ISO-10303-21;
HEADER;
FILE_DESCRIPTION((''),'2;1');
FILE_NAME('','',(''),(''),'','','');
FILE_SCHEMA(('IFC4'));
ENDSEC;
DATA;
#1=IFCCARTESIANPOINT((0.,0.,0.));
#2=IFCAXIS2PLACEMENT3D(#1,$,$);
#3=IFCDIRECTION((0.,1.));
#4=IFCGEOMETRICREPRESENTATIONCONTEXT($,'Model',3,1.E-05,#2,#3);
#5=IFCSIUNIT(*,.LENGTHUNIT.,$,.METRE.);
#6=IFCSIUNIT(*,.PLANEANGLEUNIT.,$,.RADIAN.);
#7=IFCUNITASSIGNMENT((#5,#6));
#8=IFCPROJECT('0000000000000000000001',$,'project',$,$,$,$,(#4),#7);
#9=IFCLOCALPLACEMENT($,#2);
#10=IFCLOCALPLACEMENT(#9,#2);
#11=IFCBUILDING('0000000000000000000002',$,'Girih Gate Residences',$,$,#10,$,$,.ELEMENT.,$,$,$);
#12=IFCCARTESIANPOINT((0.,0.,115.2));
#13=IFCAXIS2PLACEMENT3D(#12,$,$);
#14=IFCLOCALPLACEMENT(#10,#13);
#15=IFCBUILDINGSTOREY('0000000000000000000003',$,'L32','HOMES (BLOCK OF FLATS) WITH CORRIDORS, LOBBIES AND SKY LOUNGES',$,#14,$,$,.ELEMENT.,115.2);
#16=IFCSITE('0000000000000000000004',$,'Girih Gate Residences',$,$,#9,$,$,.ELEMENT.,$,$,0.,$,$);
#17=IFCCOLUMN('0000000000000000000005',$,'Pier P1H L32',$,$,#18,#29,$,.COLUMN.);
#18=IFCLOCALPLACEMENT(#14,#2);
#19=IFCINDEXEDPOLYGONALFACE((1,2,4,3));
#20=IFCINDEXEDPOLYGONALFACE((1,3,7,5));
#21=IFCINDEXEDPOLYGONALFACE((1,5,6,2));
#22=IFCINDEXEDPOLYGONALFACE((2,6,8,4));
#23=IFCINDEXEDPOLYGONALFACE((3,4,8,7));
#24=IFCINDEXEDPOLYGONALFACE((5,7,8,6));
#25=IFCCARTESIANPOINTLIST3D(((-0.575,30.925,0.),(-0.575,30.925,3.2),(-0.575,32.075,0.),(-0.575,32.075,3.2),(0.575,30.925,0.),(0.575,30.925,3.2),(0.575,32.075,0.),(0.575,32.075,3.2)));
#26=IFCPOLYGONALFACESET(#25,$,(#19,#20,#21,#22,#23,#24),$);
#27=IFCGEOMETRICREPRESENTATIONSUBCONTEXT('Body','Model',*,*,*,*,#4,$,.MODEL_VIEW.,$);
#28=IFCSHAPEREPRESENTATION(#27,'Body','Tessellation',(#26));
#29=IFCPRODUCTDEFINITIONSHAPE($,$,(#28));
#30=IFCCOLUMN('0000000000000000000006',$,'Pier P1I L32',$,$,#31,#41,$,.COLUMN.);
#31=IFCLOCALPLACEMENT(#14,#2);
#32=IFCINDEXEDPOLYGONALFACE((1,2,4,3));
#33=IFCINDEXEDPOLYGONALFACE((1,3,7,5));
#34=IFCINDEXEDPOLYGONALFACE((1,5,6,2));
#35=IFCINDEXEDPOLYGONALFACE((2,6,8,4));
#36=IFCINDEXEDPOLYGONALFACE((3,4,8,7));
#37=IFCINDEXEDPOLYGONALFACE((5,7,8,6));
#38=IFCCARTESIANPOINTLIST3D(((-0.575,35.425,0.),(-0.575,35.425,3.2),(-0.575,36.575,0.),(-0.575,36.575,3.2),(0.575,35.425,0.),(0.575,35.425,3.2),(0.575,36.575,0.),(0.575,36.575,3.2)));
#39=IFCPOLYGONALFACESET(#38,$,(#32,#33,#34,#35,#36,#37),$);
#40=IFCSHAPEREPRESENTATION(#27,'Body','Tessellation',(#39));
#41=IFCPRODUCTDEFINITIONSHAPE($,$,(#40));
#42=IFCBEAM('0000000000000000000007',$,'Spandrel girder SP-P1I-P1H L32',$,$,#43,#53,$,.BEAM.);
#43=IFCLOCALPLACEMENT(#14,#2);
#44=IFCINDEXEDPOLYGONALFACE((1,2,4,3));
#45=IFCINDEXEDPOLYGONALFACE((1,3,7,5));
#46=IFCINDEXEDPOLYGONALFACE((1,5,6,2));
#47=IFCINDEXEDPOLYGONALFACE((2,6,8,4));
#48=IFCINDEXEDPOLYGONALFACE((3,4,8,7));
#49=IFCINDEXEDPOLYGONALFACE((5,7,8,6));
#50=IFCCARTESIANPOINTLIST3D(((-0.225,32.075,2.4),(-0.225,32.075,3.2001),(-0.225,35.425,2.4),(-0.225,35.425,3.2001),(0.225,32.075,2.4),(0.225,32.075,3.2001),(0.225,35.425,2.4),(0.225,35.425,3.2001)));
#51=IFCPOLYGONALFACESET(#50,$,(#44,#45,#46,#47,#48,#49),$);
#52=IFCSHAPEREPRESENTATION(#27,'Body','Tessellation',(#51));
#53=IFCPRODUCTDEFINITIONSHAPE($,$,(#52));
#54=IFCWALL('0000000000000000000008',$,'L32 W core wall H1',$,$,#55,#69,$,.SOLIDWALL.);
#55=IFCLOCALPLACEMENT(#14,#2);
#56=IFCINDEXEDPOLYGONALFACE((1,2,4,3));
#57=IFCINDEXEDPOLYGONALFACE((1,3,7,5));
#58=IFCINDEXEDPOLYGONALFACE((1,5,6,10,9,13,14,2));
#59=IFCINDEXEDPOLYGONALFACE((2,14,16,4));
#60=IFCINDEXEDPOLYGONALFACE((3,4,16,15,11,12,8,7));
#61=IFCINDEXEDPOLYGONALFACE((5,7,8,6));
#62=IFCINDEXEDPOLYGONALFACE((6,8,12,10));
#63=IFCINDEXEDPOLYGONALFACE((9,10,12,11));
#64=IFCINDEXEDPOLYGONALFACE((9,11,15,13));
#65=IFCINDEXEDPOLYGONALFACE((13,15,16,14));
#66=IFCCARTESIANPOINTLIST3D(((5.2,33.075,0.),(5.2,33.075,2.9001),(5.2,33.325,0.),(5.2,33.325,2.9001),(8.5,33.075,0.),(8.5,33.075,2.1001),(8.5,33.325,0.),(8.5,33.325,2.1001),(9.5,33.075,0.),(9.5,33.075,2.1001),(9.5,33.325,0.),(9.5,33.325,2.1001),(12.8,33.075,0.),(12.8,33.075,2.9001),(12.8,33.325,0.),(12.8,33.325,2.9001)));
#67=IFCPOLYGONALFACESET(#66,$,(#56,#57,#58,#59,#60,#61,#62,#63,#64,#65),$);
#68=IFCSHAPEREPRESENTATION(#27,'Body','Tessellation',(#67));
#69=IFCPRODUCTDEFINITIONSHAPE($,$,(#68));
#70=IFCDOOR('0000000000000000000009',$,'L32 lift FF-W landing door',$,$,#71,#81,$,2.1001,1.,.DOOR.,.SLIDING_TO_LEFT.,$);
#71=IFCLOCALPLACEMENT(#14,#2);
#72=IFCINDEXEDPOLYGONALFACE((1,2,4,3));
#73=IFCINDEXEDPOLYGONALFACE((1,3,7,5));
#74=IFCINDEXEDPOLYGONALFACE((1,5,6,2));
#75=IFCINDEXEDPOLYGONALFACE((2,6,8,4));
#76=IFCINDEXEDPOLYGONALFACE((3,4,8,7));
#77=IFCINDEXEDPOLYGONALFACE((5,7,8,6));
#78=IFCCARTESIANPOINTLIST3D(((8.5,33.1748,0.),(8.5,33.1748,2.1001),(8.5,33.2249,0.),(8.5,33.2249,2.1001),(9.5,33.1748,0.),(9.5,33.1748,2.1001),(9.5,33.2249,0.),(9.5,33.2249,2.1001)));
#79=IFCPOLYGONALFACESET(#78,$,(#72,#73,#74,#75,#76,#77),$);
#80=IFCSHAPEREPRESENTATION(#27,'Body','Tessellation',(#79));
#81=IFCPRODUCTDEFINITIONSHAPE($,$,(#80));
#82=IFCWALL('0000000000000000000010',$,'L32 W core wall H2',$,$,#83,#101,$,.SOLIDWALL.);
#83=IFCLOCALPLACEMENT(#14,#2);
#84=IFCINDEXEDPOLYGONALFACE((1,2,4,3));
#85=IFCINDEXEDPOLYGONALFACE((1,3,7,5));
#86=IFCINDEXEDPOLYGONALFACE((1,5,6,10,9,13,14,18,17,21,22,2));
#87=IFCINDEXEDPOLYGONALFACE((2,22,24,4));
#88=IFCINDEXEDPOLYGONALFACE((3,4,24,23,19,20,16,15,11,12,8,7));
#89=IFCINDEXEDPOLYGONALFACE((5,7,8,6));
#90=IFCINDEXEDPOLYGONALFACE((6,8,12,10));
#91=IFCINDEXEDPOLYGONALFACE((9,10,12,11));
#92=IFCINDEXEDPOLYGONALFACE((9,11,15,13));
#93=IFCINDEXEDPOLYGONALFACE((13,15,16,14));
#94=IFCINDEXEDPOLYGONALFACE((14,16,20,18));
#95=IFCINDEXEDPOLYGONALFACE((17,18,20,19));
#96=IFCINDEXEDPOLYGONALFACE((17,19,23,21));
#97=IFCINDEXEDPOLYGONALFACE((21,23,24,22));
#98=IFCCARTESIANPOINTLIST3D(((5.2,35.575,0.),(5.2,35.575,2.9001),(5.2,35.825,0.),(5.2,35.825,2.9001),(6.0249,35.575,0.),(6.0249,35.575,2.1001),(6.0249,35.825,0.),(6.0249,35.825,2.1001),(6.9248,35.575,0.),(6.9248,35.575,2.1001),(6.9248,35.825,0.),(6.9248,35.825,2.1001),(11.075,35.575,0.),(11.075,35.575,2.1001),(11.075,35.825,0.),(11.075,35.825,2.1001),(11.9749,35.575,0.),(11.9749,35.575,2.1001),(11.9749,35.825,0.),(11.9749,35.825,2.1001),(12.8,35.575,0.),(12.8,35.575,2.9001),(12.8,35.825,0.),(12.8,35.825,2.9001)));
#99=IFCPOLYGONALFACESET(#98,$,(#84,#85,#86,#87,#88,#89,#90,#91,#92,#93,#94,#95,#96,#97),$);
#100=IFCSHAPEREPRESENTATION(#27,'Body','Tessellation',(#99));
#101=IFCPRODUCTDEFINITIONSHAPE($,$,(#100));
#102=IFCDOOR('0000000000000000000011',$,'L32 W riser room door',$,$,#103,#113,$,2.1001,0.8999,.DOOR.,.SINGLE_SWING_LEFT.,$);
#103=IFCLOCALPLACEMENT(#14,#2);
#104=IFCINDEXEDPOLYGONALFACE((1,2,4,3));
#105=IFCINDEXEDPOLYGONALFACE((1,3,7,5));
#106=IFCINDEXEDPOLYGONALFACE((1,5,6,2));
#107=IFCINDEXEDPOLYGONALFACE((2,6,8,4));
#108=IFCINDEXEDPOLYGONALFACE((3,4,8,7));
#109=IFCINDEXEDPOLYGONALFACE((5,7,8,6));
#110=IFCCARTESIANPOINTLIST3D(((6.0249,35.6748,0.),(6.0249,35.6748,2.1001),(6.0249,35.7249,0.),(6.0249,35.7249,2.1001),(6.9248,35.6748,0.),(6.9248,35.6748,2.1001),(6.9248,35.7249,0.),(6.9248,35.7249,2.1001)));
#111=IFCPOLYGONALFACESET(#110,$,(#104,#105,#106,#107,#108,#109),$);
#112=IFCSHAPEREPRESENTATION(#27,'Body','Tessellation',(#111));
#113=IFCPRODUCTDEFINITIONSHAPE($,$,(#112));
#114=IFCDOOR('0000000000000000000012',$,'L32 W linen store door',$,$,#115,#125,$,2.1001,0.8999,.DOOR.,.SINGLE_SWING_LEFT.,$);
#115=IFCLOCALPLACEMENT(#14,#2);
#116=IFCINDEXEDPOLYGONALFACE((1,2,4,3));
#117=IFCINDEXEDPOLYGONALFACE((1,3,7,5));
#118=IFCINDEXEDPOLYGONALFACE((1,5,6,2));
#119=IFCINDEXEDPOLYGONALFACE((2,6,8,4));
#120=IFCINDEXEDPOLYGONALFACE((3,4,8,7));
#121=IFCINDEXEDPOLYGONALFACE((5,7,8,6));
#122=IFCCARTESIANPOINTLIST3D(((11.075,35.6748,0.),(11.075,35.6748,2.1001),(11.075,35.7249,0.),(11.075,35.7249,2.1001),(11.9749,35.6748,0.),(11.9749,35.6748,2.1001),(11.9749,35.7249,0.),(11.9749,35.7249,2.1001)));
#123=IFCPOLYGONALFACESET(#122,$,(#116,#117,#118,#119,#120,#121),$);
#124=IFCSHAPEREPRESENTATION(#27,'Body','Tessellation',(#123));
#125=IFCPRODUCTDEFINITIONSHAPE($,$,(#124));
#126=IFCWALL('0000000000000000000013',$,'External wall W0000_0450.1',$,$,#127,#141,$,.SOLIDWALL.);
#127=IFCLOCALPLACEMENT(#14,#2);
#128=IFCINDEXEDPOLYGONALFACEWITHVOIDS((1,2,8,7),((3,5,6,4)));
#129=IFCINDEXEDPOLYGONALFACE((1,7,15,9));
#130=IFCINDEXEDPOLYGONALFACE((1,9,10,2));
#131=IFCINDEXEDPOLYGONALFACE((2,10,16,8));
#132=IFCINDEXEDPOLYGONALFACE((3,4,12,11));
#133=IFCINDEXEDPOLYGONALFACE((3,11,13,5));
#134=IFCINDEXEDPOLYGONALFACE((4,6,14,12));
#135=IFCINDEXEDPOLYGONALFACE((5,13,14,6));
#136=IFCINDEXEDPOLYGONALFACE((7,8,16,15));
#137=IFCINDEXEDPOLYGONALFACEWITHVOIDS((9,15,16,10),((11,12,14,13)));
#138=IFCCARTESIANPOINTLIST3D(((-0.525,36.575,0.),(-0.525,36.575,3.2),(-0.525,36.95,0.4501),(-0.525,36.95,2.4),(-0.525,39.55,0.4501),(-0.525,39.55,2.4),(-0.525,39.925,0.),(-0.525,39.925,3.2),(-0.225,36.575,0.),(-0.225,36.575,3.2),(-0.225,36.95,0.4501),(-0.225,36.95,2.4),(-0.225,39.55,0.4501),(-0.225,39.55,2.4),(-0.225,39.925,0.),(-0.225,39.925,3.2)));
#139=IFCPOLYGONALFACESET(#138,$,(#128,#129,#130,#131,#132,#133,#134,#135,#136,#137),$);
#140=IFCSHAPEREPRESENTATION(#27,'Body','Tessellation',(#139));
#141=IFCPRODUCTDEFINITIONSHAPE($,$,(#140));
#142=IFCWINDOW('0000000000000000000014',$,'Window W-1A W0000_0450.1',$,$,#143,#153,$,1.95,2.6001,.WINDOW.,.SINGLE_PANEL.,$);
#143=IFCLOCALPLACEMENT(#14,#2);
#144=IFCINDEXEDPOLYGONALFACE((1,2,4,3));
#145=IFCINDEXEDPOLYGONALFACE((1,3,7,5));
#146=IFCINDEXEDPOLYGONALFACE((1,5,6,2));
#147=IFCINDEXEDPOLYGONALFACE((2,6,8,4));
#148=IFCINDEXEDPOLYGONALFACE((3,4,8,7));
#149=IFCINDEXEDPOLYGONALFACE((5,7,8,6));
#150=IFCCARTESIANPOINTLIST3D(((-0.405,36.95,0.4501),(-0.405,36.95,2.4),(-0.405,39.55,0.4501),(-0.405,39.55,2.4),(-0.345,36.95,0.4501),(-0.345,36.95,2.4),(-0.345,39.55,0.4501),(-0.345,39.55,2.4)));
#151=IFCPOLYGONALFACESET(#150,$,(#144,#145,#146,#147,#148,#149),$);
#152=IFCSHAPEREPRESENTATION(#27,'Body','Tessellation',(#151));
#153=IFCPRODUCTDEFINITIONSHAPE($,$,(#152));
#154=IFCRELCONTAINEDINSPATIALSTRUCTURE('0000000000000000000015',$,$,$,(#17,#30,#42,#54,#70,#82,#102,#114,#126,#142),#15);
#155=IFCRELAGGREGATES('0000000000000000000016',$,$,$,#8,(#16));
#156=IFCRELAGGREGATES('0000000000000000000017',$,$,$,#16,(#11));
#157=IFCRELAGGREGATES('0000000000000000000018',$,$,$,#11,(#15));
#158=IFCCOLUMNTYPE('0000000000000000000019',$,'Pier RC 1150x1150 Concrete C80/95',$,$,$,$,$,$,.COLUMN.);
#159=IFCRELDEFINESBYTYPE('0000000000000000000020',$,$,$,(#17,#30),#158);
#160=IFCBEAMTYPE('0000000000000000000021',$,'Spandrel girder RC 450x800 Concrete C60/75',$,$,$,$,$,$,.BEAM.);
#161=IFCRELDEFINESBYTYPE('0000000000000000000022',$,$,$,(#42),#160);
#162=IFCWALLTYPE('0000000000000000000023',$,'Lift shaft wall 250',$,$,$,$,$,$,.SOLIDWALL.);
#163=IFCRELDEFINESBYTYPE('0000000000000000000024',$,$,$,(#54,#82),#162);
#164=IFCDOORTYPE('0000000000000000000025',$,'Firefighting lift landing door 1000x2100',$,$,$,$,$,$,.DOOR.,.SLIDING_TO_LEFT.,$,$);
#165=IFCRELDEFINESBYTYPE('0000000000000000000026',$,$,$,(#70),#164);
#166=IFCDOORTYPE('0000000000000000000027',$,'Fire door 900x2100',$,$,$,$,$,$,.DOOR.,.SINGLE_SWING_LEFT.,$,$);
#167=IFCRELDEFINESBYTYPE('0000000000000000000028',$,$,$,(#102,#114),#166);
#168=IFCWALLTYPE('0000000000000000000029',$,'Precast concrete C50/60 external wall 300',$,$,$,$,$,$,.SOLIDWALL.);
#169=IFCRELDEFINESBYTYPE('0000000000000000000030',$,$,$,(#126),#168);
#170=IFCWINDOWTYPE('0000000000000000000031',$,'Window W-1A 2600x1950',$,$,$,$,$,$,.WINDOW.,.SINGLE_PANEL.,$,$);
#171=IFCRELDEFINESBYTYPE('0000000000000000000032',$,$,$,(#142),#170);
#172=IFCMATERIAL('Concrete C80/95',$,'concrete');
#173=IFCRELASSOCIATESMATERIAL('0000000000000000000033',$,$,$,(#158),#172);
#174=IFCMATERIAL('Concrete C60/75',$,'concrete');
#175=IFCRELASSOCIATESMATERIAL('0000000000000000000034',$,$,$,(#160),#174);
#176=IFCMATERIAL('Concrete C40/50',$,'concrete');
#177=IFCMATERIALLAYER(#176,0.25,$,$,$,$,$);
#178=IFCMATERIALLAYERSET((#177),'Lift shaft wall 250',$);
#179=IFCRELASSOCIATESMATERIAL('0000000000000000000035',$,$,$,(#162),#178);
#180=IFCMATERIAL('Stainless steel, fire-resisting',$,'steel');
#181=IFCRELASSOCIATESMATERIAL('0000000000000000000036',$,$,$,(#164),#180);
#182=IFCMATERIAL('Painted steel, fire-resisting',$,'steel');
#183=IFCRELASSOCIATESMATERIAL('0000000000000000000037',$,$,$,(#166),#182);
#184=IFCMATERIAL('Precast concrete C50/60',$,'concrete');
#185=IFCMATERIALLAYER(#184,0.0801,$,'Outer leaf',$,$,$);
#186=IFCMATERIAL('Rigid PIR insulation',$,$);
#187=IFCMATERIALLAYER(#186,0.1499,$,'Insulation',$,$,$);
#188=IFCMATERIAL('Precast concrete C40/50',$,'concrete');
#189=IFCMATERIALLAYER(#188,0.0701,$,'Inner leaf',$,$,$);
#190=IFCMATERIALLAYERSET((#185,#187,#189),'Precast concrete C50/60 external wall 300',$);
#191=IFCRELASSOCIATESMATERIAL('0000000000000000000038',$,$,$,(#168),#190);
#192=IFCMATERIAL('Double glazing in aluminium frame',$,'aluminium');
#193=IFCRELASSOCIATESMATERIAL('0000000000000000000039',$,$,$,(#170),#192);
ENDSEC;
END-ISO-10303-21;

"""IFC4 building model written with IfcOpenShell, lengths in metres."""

from ifc_helpers import new_model, si_unit, direction, frame, frame_2d, origin, origin_2d, place, context, subcontext, project, spatial, rectangle, extrude, material, layer, layer_set, material_profile, profile_set, type_object, element, fill, save


model = new_model("IFC4")

# Units and contexts
model_context = context("Model", 3, precision=1e-05, world=origin(), true_north=direction((0.0, 1.0)))
body_context = subcontext(model_context, "Body", "Model", "MODEL_VIEW")
ifc_project = project(units=[si_unit("LENGTHUNIT", "METRE"), si_unit("PLANEANGLEUNIT", "RADIAN")], contexts=[model_context])

# Site, building, storey
site_placement = place(None, origin())
site = spatial("IfcSite", under=ifc_project, at=site_placement, Name="Girih Gate Residences", CompositionType="ELEMENT", RefElevation=0.0)
building_placement = place(site_placement, origin())
building = spatial("IfcBuilding", under=site, at=building_placement, Name="Girih Gate Residences", CompositionType="ELEMENT")
storey_placement = place(building_placement, frame((0.0, 0.0, 115.2)))
storey = spatial("IfcBuildingStorey", under=building, at=storey_placement, Name="L32", Description="HOMES (BLOCK OF FLATS) WITH CORRIDORS, LOBBIES AND SKY LOUNGES", CompositionType="ELEMENT", Elevation=115.2)

# Columns
ifc_material_1 = material(Name="Concrete C80/95", Category="concrete")
ifc_material_profile_1 = material_profile(ifc_material_1, rectangle(XDim=1.1499, YDim=1.1499, at=origin_2d()))
ifc_profile_set_1 = profile_set([ifc_material_profile_1], Name="Concrete C80/95")
column_type = type_object("IfcColumnType", Name="Pier RC 1150x1150 Concrete C80/95", PredefinedType="COLUMN", material=ifc_profile_set_1)
for number, where, z_axis, x_axis, name in (
    (1, (0.0, 31.5, 0.0), (0.0, 0.0, 1.0), (1.0, 0.0, 0.0), "Pier P1H L32"),
    (2, (0.0, 36.0, 0.0), (0.0, 0.0, 1.0), (1.0, 0.0, 0.0), "Pier P1I L32"),
):
    element("IfcColumn", number, at=place(storey_placement, frame(where, z_axis=z_axis, x_axis=x_axis)), inside=storey, type_object=column_type, Name=name, PredefinedType="COLUMN", context=body_context, shape_type="SweptSolid", body=[
        extrude(rectangle(XDim=1.1499, YDim=1.1499, at=origin_2d()), origin(), (0.0, 0.0, 1.0), 3.2),
    ])

# Beam
ifc_material_2 = material(Name="Concrete C60/75", Category="concrete")
ifc_material_profile_2 = material_profile(ifc_material_2, rectangle(XDim=0.45, YDim=0.8, at=origin_2d()))
ifc_profile_set_2 = profile_set([ifc_material_profile_2], Name="Concrete C60/75")
beam_type = type_object("IfcBeamType", Name="Spandrel girder RC 450x800 Concrete C60/75", PredefinedType="BEAM", material=ifc_profile_set_2)
beam_placement = place(storey_placement, frame((0.0, 35.425, 2.8), z_axis=(0.0, -1.0, 0.0), x_axis=(1.0, 0.0, 0.0)))
element("IfcBeam", 3, at=beam_placement, inside=storey, type_object=beam_type, Name="Spandrel girder SP-P1I-P1H L32", PredefinedType="BEAM", context=body_context, shape_type="SweptSolid", body=[
    extrude(rectangle(XDim=0.45, YDim=0.8, at=origin_2d()), origin(), (0.0, 0.0, 1.0), 3.3501),
])

# Wall, opening, door
ifc_material_3 = material(Name="Concrete C40/50", Category="concrete")
ifc_layer_1 = layer(ifc_material_3, 0.25)
ifc_layer_set_1 = layer_set([ifc_layer_1], Name="Lift shaft wall 250")
wall_type_1 = type_object("IfcWallType", Name="Lift shaft wall 250", PredefinedType="SOLIDWALL", material=ifc_layer_set_1)
wall_1_placement = place(storey_placement, frame((5.2, 33.2, 0.0), z_axis=(0.0, 0.0, 1.0), x_axis=(1.0, 0.0, 0.0)))
wall_1 = element("IfcWall", 4, at=wall_1_placement, inside=storey, type_object=wall_type_1, Name="L32 W core wall H1", PredefinedType="SOLIDWALL", context=body_context, shape_type="SweptSolid", body=[
    extrude(rectangle(XDim=7.6001, YDim=0.25, at=frame_2d((3.8, 0.0))), origin(), (0.0, 0.0, 1.0), 2.9001),
])
opening_1_placement = place(wall_1_placement, frame((3.3, 0.0, 0.0)))
opening_1 = element("IfcOpeningElement", 5, at=opening_1_placement, cuts=wall_1, PredefinedType="OPENING", context=body_context, shape_type="SweptSolid", body=[
    extrude(rectangle(XDim=1.0, YDim=2.1001, at=frame_2d((0.5, 1.05))), frame((0.0, 0.135, 0.0), z_axis=(0.0, -1.0, 0.0), x_axis=(1.0, 0.0, 0.0)), (0.0, 0.0, 1.0), 0.27),
])
ifc_material_4 = material(Name="Stainless steel, fire-resisting", Category="steel")
door_type_1 = type_object("IfcDoorType", Name="Firefighting lift landing door 1000x2100", OperationType="SLIDING_TO_LEFT", PredefinedType="DOOR", material=ifc_material_4)
door_1_placement = place(opening_1_placement, origin())
door_1 = element("IfcDoor", 6, at=door_1_placement, inside=storey, type_object=door_type_1, Name="L32 lift FF-W landing door", OperationType="SLIDING_TO_LEFT", OverallHeight=2.1001, OverallWidth=1.0, PredefinedType="DOOR", context=body_context, shape_type="SweptSolid", body=[
    extrude(rectangle(XDim=1.0, YDim=2.1001, at=frame_2d((0.5, 1.05))), frame((0.0, 0.0249, 0.0), z_axis=(0.0, -1.0, 0.0), x_axis=(1.0, 0.0, 0.0)), (0.0, 0.0, 1.0), 0.05),
])
fill(opening_1, door_1)

# Wall, openings, doors
wall_2_placement = place(storey_placement, frame((5.2, 35.7, 0.0), z_axis=(0.0, 0.0, 1.0), x_axis=(1.0, 0.0, 0.0)))
wall_2 = element("IfcWall", 7, at=wall_2_placement, inside=storey, type_object=wall_type_1, Name="L32 W core wall H2", PredefinedType="SOLIDWALL", context=body_context, shape_type="SweptSolid", body=[
    extrude(rectangle(XDim=7.6001, YDim=0.25, at=frame_2d((3.8, 0.0))), origin(), (0.0, 0.0, 1.0), 2.9001),
])
opening_2_placement = place(wall_2_placement, frame((0.825, 0.0, 0.0)))
opening_2 = element("IfcOpeningElement", 8, at=opening_2_placement, cuts=wall_2, PredefinedType="OPENING", context=body_context, shape_type="SweptSolid", body=[
    extrude(rectangle(XDim=0.8999, YDim=2.1001, at=frame_2d((0.45, 1.05))), frame((0.0, 0.135, 0.0), z_axis=(0.0, -1.0, 0.0), x_axis=(1.0, 0.0, 0.0)), (0.0, 0.0, 1.0), 0.27),
])
opening_3_placement = place(wall_2_placement, frame((5.875, 0.0, 0.0)))
opening_3 = element("IfcOpeningElement", 9, at=opening_3_placement, cuts=wall_2, PredefinedType="OPENING", context=body_context, shape_type="SweptSolid", body=[
    extrude(rectangle(XDim=0.8999, YDim=2.1001, at=frame_2d((0.45, 1.05))), frame((0.0, 0.135, 0.0), z_axis=(0.0, -1.0, 0.0), x_axis=(1.0, 0.0, 0.0)), (0.0, 0.0, 1.0), 0.27),
])
ifc_material_5 = material(Name="Painted steel, fire-resisting", Category="steel")
door_type_2 = type_object("IfcDoorType", Name="Fire door 900x2100", OperationType="SINGLE_SWING_LEFT", PredefinedType="DOOR", material=ifc_material_5)
door_2_placement = place(opening_2_placement, origin())
door_2 = element("IfcDoor", 10, at=door_2_placement, inside=storey, type_object=door_type_2, Name="L32 W riser room door", OperationType="SINGLE_SWING_LEFT", OverallHeight=2.1001, OverallWidth=0.8999, PredefinedType="DOOR", context=body_context, shape_type="SweptSolid", body=[
    extrude(rectangle(XDim=0.8999, YDim=2.1001, at=frame_2d((0.45, 1.05))), frame((0.0, 0.0249, 0.0), z_axis=(0.0, -1.0, 0.0), x_axis=(1.0, 0.0, 0.0)), (0.0, 0.0, 1.0), 0.05),
])
fill(opening_2, door_2)
door_3_placement = place(opening_3_placement, origin())
door_3 = element("IfcDoor", 11, at=door_3_placement, inside=storey, type_object=door_type_2, Name="L32 W linen store door", OperationType="SINGLE_SWING_LEFT", OverallHeight=2.1001, OverallWidth=0.8999, PredefinedType="DOOR", context=body_context, shape_type="SweptSolid", body=[
    extrude(rectangle(XDim=0.8999, YDim=2.1001, at=frame_2d((0.45, 1.05))), frame((0.0, 0.0249, 0.0), z_axis=(0.0, -1.0, 0.0), x_axis=(1.0, 0.0, 0.0)), (0.0, 0.0, 1.0), 0.05),
])
fill(opening_3, door_3)

# Wall, opening, window
ifc_material_6 = material(Name="Precast concrete C50/60", Category="concrete")
ifc_layer_2 = layer(ifc_material_6, 0.0801, Name="Outer leaf")
ifc_material_7 = material(Name="Rigid PIR insulation")
ifc_layer_3 = layer(ifc_material_7, 0.1499, Name="Insulation")
ifc_material_8 = material(Name="Precast concrete C40/50", Category="concrete")
ifc_layer_4 = layer(ifc_material_8, 0.0701, Name="Inner leaf")
ifc_layer_set_2 = layer_set([ifc_layer_2, ifc_layer_3, ifc_layer_4], Name="Precast concrete C50/60 external wall 300")
wall_type_2 = type_object("IfcWallType", Name="Precast concrete C50/60 external wall 300", PredefinedType="SOLIDWALL", material=ifc_layer_set_2)
wall_3_placement = place(storey_placement, frame((-0.375, 36.575, 0.0), z_axis=(0.0, 0.0, 1.0), x_axis=(0.0, 1.0, 0.0)))
wall_3 = element("IfcWall", 12, at=wall_3_placement, inside=storey, type_object=wall_type_2, Name="External wall W0000_0450.1", PredefinedType="SOLIDWALL", context=body_context, shape_type="SweptSolid", body=[
    extrude(rectangle(XDim=3.3501, YDim=0.3, at=frame_2d((1.675, 0.0))), origin(), (0.0, 0.0, 1.0), 3.2),
])
opening_4_placement = place(wall_3_placement, frame((0.375, 0.0, 0.45)))
opening_4 = element("IfcOpeningElement", 13, at=opening_4_placement, cuts=wall_3, PredefinedType="OPENING", context=body_context, shape_type="SweptSolid", body=[
    extrude(rectangle(XDim=2.6001, YDim=1.95, at=frame_2d((1.3, 0.9751))), frame((0.0, 0.1599, 0.0), z_axis=(0.0, -1.0, 0.0), x_axis=(1.0, 0.0, 0.0)), (0.0, 0.0, 1.0), 0.3201),
])
ifc_material_9 = material(Name="Double glazing in aluminium frame", Category="aluminium")
window_type = type_object("IfcWindowType", Name="Window W-1A 2600x1950", PartitioningType="SINGLE_PANEL", PredefinedType="WINDOW", material=ifc_material_9)
window_1_placement = place(opening_4_placement, origin())
window_1 = element("IfcWindow", 14, at=window_1_placement, inside=storey, type_object=window_type, Name="Window W-1A W0000_0450.1", OverallHeight=1.95, OverallWidth=2.6001, PartitioningType="SINGLE_PANEL", PredefinedType="WINDOW", context=body_context, shape_type="SweptSolid", body=[
    extrude(rectangle(XDim=2.6001, YDim=1.95, at=frame_2d((1.3, 0.9751))), frame((0.0, 0.03, 0.0), z_axis=(0.0, -1.0, 0.0), x_axis=(1.0, 0.0, 0.0)), (0.0, 0.0, 1.0), 0.0601),
])
fill(opening_4, window_1)

save(model, "model.ifc")
